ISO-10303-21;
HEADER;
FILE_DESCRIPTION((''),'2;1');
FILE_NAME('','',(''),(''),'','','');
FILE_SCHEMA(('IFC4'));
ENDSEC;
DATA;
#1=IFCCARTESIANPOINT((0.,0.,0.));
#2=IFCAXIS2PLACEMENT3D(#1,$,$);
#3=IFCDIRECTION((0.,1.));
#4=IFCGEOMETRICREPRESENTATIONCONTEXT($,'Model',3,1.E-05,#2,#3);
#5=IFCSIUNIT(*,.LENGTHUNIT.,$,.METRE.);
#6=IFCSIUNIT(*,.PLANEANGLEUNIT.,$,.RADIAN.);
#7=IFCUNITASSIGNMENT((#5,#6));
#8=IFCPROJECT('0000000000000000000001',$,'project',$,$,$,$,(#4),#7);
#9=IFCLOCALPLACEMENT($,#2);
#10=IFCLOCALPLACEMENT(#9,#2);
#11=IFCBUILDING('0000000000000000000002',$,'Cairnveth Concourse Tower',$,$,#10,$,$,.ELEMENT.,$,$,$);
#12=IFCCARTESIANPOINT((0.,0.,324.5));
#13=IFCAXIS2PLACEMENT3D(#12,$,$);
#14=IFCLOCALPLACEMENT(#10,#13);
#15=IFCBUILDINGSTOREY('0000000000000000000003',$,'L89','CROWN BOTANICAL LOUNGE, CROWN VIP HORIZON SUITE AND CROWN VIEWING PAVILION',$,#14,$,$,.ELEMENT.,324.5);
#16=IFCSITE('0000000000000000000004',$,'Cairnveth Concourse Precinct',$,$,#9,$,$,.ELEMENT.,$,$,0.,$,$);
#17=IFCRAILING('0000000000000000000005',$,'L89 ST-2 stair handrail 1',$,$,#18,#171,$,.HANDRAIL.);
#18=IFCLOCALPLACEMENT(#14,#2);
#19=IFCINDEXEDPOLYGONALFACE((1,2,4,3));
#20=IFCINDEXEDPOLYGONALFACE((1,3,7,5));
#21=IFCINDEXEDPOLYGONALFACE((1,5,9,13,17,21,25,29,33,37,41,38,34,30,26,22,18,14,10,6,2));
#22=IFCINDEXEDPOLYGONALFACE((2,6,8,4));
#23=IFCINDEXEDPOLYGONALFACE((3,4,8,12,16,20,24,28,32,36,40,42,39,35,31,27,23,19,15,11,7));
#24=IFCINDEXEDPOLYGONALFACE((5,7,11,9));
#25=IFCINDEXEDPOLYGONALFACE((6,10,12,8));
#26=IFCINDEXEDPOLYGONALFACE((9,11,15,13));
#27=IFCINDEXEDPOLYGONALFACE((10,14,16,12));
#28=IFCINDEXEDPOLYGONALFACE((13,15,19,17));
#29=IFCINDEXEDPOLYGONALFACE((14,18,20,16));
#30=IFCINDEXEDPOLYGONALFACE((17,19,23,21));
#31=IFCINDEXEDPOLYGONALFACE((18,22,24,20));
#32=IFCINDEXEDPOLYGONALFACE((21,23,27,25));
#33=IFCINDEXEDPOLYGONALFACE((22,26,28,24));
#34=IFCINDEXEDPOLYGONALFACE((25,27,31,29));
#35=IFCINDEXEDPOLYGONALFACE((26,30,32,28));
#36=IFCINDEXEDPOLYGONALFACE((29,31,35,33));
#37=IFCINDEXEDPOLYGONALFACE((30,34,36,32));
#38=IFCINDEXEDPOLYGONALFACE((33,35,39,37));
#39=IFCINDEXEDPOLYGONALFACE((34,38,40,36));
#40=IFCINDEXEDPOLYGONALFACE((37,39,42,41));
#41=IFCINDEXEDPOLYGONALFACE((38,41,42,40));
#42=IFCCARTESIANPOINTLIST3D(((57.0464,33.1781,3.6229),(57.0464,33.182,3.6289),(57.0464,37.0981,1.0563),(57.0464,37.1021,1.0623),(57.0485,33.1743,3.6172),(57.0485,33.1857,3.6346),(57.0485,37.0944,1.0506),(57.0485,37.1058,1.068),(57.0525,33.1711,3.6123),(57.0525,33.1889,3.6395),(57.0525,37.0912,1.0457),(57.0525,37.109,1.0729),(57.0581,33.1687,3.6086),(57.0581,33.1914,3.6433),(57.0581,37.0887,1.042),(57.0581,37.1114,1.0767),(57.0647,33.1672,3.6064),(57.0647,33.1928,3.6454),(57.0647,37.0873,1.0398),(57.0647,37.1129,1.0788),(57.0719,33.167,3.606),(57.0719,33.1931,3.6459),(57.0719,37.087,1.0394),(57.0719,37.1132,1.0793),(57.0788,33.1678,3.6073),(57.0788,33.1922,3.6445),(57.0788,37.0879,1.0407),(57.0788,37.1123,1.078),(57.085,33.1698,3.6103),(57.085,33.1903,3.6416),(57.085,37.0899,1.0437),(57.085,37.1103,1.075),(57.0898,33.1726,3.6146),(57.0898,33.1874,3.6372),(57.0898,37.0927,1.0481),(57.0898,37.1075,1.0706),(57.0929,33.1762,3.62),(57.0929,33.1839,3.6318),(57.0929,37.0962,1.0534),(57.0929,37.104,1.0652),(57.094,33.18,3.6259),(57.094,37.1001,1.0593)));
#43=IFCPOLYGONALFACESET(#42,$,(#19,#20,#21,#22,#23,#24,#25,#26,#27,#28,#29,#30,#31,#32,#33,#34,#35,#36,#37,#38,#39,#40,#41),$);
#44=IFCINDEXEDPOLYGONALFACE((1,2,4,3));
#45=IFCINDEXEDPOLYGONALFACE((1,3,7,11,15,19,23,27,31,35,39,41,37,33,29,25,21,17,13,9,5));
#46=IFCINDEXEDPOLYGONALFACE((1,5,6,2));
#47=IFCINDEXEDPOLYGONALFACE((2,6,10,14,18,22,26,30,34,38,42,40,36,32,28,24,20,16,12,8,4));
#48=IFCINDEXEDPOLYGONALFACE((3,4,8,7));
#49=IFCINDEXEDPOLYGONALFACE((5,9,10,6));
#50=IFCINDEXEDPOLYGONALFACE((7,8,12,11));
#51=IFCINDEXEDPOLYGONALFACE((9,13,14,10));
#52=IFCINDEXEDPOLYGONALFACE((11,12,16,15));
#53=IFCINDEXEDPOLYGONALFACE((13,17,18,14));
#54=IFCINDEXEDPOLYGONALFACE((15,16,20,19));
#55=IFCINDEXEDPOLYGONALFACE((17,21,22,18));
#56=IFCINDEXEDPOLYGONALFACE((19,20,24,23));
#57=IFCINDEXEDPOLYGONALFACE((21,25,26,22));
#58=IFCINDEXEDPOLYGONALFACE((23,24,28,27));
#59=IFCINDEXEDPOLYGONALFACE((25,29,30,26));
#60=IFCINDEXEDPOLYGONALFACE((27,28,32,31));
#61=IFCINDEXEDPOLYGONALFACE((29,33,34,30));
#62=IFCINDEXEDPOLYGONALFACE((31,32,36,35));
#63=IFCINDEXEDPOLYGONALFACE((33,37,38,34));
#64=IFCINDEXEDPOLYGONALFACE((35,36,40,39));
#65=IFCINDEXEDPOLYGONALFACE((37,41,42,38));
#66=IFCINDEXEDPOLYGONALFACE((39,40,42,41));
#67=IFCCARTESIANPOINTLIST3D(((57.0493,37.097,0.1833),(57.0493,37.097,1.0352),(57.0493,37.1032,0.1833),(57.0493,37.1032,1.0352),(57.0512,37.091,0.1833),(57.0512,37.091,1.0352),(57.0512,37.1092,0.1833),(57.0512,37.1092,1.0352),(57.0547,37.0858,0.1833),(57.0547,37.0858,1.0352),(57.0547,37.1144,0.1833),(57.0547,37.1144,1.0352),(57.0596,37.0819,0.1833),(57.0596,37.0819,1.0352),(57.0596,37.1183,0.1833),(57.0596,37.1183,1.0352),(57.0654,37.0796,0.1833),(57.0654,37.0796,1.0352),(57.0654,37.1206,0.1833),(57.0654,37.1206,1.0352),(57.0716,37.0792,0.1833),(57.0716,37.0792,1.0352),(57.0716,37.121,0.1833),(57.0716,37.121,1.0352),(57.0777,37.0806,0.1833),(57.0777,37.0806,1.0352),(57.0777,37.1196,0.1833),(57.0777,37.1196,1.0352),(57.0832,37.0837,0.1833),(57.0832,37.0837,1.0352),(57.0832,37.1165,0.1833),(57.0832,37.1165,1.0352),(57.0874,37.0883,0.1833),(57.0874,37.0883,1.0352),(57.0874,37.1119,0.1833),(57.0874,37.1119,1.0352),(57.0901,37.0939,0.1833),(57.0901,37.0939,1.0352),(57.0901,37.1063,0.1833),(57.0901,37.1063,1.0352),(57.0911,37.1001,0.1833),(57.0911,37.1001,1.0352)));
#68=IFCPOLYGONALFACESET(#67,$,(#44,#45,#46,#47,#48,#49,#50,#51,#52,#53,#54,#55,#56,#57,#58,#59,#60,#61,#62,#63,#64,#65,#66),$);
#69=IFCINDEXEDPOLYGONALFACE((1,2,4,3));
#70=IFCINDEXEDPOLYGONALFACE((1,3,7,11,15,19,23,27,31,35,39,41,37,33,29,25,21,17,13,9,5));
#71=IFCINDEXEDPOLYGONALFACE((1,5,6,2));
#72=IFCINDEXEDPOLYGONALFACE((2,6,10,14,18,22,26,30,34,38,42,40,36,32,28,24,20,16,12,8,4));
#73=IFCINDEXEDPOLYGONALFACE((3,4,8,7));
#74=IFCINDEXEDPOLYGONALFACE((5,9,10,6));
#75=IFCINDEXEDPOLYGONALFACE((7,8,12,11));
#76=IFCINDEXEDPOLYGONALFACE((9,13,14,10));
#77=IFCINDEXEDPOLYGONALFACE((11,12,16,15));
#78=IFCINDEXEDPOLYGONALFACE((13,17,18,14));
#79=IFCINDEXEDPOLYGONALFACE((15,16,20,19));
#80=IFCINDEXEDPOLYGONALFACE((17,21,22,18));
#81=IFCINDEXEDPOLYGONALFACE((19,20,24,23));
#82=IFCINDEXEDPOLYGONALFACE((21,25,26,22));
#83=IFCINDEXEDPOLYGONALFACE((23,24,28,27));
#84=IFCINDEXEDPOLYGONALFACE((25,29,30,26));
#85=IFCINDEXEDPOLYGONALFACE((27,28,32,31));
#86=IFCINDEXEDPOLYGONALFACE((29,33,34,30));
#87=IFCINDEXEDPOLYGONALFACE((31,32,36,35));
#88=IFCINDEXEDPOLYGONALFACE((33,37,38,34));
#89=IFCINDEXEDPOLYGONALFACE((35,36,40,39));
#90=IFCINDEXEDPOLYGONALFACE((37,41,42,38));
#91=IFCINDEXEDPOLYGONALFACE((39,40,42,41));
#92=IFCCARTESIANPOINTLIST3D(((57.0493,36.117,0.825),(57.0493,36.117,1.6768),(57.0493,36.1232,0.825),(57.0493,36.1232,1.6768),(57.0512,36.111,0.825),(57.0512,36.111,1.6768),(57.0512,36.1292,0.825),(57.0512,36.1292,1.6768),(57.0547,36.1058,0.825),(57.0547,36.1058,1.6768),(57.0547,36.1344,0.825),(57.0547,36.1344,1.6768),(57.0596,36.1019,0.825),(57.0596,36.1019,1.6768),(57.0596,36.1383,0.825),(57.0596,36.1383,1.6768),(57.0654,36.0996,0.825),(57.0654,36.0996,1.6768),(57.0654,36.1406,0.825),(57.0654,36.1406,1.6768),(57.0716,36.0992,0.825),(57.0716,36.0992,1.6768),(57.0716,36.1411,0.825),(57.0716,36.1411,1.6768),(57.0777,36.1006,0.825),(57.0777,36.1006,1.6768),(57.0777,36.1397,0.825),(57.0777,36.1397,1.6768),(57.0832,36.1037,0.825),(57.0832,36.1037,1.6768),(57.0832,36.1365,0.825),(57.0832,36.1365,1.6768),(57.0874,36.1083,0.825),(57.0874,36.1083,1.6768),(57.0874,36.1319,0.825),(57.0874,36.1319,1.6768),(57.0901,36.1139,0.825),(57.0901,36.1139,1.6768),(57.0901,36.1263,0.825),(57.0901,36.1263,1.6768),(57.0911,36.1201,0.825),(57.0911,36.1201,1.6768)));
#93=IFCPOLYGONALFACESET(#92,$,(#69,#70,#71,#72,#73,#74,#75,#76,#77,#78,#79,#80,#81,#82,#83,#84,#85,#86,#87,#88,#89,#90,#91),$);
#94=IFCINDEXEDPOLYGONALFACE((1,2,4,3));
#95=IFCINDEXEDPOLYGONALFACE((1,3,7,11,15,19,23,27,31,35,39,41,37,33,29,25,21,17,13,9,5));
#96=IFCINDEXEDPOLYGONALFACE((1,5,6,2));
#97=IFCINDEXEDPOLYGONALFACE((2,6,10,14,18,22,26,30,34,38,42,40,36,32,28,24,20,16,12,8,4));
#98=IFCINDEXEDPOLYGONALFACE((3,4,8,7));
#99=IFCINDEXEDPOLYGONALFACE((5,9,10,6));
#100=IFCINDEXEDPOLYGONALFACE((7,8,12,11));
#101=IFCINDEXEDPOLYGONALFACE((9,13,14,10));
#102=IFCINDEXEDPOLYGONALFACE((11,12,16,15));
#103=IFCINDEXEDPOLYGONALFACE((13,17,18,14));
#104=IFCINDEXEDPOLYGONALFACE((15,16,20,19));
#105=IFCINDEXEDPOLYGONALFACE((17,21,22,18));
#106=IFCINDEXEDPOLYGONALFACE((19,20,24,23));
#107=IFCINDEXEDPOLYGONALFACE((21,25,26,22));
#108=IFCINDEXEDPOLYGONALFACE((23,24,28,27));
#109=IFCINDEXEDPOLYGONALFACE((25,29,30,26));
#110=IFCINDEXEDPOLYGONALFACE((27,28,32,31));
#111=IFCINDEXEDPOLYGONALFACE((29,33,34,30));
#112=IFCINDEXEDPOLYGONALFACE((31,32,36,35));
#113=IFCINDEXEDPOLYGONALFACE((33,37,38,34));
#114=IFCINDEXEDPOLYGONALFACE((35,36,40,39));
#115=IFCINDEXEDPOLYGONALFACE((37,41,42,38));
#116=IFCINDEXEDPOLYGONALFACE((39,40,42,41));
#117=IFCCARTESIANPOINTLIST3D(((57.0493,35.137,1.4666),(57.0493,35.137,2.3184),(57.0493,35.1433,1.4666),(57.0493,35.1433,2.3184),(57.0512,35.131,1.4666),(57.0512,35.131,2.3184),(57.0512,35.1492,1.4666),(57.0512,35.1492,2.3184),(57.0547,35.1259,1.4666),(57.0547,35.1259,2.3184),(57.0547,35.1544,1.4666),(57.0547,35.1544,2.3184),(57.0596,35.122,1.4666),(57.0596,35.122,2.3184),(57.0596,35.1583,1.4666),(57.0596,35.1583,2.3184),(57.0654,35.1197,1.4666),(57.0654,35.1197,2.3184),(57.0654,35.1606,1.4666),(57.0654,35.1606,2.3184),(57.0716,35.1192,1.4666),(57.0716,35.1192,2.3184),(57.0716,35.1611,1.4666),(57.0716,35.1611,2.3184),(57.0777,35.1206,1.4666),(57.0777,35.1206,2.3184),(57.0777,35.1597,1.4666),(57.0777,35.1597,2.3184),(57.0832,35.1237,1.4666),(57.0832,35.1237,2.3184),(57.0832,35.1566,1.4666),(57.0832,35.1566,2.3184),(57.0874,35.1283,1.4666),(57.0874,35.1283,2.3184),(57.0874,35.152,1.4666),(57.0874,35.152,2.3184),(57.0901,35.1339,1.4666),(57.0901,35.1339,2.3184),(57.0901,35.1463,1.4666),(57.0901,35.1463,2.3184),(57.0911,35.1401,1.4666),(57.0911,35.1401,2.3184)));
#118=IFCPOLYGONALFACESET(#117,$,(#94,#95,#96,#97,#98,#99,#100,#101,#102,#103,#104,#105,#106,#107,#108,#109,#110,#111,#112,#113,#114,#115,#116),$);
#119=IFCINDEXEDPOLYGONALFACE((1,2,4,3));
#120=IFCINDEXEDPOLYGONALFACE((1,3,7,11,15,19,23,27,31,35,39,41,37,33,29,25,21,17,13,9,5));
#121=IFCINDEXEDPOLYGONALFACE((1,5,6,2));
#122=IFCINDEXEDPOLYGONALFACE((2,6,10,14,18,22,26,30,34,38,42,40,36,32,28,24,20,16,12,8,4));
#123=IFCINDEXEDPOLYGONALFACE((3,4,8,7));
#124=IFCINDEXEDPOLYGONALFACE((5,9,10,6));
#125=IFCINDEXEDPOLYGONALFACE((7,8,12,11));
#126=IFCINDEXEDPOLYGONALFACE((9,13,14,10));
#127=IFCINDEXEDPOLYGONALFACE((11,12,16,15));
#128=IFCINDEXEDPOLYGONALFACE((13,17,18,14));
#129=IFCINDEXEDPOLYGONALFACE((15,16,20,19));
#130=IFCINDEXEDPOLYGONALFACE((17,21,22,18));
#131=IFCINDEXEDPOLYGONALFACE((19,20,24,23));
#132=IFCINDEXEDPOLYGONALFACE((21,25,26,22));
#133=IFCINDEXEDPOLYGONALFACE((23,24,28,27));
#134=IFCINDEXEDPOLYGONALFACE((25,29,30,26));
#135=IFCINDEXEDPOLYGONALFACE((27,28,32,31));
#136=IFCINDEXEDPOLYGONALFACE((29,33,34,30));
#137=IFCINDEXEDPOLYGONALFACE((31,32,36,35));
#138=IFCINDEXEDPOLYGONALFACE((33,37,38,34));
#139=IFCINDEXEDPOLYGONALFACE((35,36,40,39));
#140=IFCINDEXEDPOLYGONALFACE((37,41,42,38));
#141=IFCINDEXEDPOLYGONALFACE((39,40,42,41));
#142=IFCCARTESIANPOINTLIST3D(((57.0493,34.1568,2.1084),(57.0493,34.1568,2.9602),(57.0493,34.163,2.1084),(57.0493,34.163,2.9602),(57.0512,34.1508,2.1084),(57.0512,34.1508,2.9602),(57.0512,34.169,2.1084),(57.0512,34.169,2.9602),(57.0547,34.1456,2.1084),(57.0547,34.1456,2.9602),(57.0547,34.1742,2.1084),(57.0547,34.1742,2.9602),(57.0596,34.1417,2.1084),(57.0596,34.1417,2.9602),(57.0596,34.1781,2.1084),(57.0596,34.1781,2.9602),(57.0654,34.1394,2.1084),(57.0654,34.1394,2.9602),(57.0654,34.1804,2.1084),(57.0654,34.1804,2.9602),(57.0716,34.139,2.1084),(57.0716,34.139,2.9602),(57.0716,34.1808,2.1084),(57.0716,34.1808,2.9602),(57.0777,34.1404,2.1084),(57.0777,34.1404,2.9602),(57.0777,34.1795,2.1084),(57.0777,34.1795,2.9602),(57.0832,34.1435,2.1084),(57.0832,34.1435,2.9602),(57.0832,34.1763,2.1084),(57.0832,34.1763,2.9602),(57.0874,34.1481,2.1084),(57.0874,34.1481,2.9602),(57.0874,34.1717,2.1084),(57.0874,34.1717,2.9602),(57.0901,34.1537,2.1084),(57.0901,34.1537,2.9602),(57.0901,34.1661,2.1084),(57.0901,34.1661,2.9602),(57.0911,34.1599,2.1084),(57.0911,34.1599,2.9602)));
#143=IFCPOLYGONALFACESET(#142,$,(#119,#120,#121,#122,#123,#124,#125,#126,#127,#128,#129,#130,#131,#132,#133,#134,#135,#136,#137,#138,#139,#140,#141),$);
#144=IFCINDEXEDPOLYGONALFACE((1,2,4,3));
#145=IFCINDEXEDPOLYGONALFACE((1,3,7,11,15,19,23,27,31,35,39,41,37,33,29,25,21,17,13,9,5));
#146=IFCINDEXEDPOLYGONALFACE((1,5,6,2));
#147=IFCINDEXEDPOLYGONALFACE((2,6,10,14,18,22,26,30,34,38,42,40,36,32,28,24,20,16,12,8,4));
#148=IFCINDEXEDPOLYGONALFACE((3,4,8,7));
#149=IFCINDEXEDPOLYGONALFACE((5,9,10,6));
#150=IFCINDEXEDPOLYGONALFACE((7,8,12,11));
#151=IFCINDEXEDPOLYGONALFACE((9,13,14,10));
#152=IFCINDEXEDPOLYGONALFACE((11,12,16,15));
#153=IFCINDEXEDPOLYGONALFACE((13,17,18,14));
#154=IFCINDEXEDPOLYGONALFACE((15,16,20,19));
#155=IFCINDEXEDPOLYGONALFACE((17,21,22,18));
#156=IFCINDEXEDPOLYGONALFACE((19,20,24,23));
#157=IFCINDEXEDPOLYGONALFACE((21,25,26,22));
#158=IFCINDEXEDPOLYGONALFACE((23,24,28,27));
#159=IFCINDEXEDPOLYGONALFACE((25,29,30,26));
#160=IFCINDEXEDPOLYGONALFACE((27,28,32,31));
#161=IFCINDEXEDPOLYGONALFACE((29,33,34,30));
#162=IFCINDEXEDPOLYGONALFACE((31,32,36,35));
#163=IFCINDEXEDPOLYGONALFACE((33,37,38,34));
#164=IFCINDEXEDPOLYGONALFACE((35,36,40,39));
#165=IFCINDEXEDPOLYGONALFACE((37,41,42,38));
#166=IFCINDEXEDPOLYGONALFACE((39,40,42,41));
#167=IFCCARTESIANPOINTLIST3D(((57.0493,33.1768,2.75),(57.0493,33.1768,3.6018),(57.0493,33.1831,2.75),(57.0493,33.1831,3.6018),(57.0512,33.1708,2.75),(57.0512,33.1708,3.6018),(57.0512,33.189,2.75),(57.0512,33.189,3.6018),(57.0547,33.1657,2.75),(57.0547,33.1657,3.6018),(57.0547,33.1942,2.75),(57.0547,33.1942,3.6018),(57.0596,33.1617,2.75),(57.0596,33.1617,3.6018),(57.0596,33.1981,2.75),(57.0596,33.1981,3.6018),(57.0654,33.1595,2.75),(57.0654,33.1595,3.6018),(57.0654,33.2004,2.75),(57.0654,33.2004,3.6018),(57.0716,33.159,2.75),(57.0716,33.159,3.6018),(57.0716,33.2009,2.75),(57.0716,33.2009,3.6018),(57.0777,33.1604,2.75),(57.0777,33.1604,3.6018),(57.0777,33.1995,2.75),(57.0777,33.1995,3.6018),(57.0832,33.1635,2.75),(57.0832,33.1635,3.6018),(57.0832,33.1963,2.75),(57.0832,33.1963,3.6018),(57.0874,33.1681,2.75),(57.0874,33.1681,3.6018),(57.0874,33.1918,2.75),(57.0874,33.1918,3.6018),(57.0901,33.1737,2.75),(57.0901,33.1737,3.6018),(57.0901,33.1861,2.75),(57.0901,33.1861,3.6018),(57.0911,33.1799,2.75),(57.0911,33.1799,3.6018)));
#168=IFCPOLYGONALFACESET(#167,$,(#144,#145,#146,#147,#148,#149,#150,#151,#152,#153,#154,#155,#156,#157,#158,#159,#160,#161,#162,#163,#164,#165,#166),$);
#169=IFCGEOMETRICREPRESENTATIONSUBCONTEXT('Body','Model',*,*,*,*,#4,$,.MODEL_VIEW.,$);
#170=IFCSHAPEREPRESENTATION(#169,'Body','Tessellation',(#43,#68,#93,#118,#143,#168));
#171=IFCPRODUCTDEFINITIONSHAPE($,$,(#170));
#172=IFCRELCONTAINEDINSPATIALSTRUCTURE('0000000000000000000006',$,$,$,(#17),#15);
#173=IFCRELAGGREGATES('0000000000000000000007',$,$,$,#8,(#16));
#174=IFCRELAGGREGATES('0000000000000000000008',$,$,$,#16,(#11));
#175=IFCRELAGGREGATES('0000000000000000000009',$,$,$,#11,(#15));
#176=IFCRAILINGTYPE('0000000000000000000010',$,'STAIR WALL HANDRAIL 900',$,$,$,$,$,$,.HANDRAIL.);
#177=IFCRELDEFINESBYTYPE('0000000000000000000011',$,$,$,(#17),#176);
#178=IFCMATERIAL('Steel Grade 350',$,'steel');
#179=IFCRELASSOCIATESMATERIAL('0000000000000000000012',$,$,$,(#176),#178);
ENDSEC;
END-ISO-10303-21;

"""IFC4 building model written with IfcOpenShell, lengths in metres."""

from ifc_helpers import new_model, si_unit, direction, frame, origin, origin_2d, place, context, subcontext, project, spatial, circle, extrude, material, type_object, element, save


model = new_model("IFC4")

# Units and contexts
model_context = context("Model", 3, precision=1e-05, world=origin(), true_north=direction((0.0, 1.0)))
body_context = subcontext(model_context, "Body", "Model", "MODEL_VIEW")
ifc_project = project(units=[si_unit("LENGTHUNIT", "METRE"), si_unit("PLANEANGLEUNIT", "RADIAN")], contexts=[model_context])

# Site, building, storey
site_placement = place(None, origin())
site = spatial("IfcSite", under=ifc_project, at=site_placement, Name="Cairnveth Concourse Precinct", CompositionType="ELEMENT", RefElevation=0.0)
building_placement = place(site_placement, origin())
building = spatial("IfcBuilding", under=site, at=building_placement, Name="Cairnveth Concourse Tower", CompositionType="ELEMENT")
storey_placement = place(building_placement, frame((0.0, 0.0, 324.5)))
storey = spatial("IfcBuildingStorey", under=building, at=storey_placement, Name="L89", Description="CROWN BOTANICAL LOUNGE, CROWN VIP HORIZON SUITE AND CROWN VIEWING PAVILION", CompositionType="ELEMENT", Elevation=324.5)

# Shared definitions
ifc_material_1 = material(Name="Steel Grade 350", Category="steel")

# Railing
railing_type_1 = type_object("IfcRailingType", Name="STAIR WALL HANDRAIL 900", PredefinedType="HANDRAIL", material=ifc_material_1)
railing_1_placement = place(storey_placement, frame((57.0701, 37.1001, 0.1833)))
element("IfcRailing", 1, at=railing_1_placement, inside=storey, type_object=railing_type_1, Name="L89 ST-2 stair handrail 1", PredefinedType="HANDRAIL", context=body_context, shape_type="SweptSolid", body=[
    extrude(circle(Radius=0.0239, at=origin_2d()), frame((0.0, 0.0, 0.876), z_axis=(0.0, -0.836631, 0.547767), x_axis=(1.0, 0.0, 0.0)), (0.0, 0.0, 1.0), 4.6855),
    extrude(circle(Radius=0.021, at=origin_2d()), origin(), (0.0, 0.0, 1.0), 0.8518),
    extrude(circle(Radius=0.021, at=origin_2d()), frame((0.0, -0.98, 0.6416)), (0.0, 0.0, 1.0), 0.8518),
    extrude(circle(Radius=0.021, at=origin_2d()), frame((0.0, -1.96, 1.2832)), (0.0, 0.0, 1.0), 0.8518),
    extrude(circle(Radius=0.021, at=origin_2d()), frame((0.0, -2.9402, 1.925)), (0.0, 0.0, 1.0), 0.8518),
    extrude(circle(Radius=0.021, at=origin_2d()), frame((0.0, -3.9202, 2.5667)), (0.0, 0.0, 1.0), 0.8518),
])

save(model, "model.ifc")
